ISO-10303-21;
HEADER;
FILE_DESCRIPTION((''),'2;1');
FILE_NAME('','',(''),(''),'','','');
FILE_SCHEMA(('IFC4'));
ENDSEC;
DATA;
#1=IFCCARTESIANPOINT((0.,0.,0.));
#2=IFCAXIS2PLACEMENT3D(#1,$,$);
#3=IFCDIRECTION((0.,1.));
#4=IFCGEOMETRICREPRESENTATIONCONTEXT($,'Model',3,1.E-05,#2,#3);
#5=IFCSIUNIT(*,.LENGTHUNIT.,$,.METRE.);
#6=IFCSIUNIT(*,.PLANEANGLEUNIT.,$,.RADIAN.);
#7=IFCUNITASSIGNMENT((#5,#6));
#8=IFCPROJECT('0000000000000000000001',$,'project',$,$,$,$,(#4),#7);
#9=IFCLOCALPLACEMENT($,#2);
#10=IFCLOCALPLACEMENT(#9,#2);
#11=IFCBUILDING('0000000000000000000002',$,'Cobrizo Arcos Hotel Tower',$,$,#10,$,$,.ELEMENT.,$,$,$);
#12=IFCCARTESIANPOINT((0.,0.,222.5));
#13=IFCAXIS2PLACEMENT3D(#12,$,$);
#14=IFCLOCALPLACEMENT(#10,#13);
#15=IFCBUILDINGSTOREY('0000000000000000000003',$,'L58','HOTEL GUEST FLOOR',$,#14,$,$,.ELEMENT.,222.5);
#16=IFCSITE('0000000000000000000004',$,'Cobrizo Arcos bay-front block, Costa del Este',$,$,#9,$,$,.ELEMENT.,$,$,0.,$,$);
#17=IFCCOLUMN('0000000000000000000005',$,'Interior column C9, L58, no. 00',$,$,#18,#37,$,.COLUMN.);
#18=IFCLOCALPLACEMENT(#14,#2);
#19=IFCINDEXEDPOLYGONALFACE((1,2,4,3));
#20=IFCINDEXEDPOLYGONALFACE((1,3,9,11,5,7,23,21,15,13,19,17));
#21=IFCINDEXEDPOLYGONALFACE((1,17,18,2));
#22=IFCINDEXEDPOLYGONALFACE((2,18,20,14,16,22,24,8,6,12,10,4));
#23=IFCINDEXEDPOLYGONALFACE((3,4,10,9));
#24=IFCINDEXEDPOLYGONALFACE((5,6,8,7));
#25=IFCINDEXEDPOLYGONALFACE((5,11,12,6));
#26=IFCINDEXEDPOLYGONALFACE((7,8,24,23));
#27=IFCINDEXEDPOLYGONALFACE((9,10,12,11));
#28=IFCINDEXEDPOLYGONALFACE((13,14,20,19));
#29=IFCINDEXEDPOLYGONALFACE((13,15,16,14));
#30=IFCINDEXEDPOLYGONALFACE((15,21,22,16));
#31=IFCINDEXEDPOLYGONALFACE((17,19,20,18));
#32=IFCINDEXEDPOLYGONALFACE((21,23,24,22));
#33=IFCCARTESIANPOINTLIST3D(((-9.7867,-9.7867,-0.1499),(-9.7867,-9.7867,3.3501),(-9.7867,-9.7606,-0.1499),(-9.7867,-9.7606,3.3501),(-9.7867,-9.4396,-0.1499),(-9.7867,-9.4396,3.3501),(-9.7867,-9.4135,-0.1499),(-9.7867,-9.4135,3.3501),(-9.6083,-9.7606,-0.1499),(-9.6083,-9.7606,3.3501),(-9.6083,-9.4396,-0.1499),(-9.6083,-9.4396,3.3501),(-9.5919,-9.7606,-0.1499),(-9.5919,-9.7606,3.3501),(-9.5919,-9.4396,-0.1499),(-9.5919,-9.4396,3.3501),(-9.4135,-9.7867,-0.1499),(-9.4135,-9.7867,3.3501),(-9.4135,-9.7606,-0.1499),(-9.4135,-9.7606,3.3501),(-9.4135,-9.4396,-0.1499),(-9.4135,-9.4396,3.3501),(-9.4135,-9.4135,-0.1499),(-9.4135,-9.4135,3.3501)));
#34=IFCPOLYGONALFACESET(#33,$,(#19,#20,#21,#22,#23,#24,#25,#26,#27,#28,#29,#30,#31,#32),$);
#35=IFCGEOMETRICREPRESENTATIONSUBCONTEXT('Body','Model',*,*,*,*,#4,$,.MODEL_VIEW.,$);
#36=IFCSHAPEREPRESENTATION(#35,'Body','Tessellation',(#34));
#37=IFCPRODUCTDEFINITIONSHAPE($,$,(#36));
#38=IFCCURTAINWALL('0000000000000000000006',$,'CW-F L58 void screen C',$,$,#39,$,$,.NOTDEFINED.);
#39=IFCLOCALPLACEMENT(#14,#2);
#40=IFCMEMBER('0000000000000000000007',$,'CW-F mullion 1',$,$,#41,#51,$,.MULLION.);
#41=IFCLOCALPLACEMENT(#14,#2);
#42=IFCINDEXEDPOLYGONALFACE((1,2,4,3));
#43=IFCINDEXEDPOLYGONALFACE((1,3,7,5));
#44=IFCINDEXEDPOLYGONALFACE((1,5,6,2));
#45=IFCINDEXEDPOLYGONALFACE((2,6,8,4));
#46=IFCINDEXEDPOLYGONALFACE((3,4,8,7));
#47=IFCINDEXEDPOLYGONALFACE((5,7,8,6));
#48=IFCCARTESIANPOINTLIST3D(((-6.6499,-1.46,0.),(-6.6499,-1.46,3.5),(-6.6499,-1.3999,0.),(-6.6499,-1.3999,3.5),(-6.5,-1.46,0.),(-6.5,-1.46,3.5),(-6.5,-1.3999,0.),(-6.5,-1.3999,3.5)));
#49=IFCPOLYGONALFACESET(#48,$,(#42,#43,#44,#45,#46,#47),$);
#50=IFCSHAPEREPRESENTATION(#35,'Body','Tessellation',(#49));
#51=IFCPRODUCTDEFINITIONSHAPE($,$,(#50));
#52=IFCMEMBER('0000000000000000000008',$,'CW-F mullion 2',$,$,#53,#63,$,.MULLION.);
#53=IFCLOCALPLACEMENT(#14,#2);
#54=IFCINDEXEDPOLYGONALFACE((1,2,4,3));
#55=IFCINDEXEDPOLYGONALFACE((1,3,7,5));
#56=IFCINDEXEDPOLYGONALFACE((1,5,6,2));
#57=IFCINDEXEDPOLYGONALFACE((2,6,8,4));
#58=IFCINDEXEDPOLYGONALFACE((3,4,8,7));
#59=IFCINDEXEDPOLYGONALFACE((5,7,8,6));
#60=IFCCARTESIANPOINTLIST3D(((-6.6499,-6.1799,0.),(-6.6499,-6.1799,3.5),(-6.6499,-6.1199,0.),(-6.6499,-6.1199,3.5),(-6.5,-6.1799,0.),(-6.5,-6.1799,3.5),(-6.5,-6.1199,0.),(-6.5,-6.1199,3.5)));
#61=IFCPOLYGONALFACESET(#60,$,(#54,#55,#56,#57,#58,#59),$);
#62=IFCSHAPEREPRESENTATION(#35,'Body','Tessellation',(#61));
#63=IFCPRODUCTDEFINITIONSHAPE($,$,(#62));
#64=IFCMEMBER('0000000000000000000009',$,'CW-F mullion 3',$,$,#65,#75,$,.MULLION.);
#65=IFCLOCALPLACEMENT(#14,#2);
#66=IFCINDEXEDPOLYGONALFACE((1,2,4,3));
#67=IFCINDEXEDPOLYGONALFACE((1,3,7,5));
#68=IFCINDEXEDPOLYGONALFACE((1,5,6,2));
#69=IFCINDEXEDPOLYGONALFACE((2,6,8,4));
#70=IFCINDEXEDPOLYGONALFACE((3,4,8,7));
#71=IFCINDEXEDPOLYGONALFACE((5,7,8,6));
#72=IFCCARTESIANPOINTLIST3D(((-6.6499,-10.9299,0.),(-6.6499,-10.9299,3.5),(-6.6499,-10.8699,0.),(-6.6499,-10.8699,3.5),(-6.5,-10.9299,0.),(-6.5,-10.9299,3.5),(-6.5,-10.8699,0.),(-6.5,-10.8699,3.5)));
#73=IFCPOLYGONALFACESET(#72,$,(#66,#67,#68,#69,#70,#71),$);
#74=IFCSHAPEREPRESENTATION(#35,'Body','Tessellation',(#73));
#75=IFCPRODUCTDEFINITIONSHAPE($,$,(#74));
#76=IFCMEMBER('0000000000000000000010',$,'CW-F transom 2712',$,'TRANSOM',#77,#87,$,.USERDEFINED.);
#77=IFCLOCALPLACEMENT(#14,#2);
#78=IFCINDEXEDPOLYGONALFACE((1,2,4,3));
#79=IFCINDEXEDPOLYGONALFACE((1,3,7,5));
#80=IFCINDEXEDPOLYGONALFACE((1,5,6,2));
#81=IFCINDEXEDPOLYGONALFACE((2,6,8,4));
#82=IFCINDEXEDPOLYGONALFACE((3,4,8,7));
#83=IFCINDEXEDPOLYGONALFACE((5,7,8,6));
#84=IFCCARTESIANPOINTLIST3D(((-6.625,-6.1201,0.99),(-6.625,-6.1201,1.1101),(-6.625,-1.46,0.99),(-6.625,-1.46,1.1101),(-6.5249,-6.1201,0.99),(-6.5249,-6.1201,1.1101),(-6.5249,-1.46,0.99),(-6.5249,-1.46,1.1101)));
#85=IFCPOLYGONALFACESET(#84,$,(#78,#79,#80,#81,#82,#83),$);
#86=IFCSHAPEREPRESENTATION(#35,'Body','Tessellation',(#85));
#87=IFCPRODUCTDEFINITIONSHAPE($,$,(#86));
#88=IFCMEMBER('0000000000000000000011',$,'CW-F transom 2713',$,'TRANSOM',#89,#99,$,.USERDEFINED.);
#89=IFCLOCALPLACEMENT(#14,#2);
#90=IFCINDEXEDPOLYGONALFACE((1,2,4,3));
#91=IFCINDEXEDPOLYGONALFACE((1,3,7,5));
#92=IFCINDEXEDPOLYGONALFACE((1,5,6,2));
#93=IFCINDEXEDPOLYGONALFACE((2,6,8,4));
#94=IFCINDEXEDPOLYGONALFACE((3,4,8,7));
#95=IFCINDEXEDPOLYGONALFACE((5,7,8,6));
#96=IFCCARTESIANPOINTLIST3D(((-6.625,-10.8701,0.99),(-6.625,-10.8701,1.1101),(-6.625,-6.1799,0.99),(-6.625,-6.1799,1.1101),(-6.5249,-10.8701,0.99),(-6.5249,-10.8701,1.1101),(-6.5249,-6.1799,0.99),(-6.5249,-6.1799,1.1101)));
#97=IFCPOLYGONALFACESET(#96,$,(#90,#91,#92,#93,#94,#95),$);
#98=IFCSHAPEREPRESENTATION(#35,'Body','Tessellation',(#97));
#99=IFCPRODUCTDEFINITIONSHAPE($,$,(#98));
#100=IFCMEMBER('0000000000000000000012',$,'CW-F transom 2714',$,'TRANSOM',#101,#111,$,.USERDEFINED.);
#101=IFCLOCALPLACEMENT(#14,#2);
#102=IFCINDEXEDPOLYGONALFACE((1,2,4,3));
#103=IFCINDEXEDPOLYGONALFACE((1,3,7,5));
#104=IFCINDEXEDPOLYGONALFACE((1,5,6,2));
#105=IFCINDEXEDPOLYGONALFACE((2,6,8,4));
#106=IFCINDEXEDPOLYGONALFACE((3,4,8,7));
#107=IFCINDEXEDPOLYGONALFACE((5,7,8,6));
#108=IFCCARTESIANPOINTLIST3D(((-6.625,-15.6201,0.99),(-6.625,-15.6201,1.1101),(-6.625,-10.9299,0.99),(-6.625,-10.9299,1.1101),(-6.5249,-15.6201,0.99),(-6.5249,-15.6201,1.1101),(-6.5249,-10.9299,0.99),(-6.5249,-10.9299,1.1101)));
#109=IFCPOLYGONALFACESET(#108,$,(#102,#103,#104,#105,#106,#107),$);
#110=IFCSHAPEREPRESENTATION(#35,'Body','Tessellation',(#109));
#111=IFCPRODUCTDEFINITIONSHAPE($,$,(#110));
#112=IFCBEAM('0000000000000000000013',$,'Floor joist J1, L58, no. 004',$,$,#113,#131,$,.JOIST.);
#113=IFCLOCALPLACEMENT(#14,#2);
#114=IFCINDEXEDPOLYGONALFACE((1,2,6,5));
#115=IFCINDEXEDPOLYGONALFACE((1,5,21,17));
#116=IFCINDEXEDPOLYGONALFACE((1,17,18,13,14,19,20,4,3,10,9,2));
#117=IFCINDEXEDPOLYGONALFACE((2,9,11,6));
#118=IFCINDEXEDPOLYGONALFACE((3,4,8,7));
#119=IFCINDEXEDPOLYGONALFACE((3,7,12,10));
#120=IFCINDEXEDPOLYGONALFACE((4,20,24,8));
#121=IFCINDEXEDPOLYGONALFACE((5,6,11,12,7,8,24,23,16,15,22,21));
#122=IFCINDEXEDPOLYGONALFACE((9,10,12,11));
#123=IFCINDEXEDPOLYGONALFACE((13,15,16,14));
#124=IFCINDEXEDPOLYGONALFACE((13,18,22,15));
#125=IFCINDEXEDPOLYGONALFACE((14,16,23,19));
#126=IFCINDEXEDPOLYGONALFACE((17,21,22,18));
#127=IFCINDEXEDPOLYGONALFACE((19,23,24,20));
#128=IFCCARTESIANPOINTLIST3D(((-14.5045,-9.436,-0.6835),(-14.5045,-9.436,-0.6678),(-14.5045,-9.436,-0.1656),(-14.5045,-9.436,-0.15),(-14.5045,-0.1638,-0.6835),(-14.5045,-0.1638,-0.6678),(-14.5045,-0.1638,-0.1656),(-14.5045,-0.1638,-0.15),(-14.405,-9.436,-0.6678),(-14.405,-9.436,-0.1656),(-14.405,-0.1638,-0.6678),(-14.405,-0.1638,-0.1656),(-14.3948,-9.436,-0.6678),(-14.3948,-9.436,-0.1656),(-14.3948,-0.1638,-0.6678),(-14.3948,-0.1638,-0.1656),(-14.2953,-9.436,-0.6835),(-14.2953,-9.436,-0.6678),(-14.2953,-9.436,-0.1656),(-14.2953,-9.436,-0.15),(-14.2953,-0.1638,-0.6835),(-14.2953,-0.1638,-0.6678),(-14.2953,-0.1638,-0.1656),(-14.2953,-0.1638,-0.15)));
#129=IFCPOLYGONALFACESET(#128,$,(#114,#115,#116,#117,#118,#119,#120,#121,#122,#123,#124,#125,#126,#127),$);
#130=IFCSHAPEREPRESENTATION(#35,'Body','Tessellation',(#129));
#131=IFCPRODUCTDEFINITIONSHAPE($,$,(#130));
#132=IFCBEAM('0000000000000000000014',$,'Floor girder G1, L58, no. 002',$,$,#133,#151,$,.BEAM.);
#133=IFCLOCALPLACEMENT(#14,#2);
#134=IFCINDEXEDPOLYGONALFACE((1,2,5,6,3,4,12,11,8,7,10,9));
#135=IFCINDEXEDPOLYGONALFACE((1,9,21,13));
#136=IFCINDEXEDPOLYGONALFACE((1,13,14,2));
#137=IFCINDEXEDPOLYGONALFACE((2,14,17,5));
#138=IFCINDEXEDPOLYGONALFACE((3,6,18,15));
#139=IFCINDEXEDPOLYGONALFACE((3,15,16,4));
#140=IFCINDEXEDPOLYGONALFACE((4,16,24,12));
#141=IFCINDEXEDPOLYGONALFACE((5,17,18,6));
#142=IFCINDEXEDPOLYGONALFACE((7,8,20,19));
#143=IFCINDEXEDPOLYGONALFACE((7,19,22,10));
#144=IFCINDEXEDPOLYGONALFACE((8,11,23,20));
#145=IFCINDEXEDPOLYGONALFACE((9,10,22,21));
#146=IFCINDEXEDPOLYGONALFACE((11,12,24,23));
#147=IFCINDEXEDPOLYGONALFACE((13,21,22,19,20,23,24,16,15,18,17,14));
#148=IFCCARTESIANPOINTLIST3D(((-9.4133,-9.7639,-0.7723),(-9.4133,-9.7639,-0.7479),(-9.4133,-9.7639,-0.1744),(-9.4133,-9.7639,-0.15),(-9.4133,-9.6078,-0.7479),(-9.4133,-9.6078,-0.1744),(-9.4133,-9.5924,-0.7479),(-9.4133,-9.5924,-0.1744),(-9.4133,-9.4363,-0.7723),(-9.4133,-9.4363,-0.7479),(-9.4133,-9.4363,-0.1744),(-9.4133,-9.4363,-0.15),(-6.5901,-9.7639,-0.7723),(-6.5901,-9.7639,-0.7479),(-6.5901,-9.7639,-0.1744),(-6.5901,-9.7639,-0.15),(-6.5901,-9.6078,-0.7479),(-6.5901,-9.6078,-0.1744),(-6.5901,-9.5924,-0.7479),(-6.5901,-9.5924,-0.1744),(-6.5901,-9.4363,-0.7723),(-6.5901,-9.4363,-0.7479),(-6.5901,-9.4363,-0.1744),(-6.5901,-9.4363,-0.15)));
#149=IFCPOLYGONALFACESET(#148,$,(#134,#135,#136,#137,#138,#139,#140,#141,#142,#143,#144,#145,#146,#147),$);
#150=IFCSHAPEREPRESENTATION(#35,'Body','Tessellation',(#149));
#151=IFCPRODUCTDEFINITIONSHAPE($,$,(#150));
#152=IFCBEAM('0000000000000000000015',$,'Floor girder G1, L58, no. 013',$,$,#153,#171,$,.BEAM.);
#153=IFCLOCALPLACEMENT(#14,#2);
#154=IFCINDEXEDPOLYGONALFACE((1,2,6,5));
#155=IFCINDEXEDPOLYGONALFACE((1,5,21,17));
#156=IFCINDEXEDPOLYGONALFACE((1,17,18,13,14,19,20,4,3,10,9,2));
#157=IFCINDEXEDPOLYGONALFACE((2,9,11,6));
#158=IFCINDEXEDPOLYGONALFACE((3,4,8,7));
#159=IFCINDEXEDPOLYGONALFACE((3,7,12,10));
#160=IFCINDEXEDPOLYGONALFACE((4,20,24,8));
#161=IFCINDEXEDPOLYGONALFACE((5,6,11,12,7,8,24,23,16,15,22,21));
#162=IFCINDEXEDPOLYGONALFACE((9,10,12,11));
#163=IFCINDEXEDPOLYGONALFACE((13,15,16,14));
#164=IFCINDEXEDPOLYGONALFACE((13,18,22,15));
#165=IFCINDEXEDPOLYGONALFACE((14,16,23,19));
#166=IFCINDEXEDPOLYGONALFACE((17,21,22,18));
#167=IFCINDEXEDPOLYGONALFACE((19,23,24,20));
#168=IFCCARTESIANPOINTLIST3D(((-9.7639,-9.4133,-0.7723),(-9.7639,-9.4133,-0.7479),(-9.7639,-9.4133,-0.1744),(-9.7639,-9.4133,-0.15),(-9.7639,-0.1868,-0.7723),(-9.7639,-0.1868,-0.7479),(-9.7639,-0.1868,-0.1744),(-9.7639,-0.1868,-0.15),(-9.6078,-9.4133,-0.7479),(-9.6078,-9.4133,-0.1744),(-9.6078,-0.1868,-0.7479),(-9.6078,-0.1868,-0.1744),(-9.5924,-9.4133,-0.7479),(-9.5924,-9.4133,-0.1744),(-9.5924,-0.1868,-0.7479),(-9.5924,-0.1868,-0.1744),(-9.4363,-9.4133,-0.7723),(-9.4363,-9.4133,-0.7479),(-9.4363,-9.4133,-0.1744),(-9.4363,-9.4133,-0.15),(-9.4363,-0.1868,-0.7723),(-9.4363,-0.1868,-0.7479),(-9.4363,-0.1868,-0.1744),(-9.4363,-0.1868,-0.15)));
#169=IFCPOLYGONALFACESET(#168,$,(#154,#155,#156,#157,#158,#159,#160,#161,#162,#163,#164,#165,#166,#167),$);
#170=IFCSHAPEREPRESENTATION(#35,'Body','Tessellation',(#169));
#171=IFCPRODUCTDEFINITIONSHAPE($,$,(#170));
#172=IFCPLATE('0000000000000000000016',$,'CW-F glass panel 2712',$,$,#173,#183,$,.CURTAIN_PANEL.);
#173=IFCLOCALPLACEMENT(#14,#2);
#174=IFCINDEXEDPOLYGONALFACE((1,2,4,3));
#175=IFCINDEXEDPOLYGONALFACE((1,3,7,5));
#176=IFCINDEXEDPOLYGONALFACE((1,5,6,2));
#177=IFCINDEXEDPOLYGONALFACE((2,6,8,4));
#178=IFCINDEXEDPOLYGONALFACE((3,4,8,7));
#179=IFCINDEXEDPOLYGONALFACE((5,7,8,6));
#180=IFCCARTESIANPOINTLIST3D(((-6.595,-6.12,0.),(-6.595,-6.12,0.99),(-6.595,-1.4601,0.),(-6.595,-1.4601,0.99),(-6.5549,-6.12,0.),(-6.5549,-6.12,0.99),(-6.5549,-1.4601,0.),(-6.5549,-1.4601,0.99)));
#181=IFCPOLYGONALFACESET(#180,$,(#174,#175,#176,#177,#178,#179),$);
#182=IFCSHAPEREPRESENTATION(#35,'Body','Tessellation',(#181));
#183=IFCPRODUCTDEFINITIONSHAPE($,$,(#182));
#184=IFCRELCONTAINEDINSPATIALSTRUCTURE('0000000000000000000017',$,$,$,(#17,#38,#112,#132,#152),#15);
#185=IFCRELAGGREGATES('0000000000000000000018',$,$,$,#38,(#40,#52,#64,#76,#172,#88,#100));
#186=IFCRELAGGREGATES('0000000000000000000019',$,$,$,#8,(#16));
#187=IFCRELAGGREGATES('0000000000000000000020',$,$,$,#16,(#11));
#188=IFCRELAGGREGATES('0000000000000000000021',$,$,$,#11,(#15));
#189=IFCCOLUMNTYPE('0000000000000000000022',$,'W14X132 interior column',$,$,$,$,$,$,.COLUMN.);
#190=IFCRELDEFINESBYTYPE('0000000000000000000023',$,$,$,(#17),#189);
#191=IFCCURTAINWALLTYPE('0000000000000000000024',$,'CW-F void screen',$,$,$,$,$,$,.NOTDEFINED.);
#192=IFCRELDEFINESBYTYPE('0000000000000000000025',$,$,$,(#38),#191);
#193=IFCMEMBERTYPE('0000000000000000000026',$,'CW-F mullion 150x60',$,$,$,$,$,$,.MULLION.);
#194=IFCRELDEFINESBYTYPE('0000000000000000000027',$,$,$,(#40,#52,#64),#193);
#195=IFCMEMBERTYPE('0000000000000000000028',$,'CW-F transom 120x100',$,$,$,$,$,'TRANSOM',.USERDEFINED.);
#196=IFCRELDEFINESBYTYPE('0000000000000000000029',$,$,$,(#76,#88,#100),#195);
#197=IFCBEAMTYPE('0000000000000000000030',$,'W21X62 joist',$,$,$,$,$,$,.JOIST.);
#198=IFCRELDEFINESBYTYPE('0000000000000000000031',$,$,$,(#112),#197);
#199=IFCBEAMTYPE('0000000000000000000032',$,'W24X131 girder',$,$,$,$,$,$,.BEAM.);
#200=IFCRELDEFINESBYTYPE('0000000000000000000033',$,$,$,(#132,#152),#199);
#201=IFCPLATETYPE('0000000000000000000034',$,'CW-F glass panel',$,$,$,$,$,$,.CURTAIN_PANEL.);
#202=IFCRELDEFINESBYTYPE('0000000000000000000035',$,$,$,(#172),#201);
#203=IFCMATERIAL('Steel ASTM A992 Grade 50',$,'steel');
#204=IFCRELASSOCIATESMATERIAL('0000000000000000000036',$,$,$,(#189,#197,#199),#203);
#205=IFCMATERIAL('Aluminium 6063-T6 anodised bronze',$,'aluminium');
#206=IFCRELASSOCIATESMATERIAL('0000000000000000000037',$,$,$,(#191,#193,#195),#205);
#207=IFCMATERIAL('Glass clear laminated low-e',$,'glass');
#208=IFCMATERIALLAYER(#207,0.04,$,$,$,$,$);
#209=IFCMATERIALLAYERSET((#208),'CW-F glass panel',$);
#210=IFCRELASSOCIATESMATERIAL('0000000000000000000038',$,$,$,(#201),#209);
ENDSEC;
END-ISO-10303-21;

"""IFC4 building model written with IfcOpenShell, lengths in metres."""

from ifc_helpers import new_model, si_unit, direction, frame, origin, origin_2d, place, context, subcontext, project, spatial, rectangle, i_section, extrude, material, layer, layer_set, material_profile, profile_set, type_object, element, aggregate, save


model = new_model("IFC4")

# Units and contexts
model_context = context("Model", 3, precision=1e-05, world=origin(), true_north=direction((0.0, 1.0)))
body_context = subcontext(model_context, "Body", "Model", "MODEL_VIEW")
ifc_project = project(units=[si_unit("LENGTHUNIT", "METRE"), si_unit("PLANEANGLEUNIT", "RADIAN")], contexts=[model_context])

# Site, building, storey
site_placement = place(None, origin())
site = spatial("IfcSite", under=ifc_project, at=site_placement, Name="Cobrizo Arcos bay-front block, Costa del Este", CompositionType="ELEMENT", RefElevation=0.0)
building_placement = place(site_placement, origin())
building = spatial("IfcBuilding", under=site, at=building_placement, Name="Cobrizo Arcos Hotel Tower", CompositionType="ELEMENT")
storey_placement = place(building_placement, frame((0.0, 0.0, 222.5)))
storey = spatial("IfcBuildingStorey", under=building, at=storey_placement, Name="L58", Description="HOTEL GUEST FLOOR", CompositionType="ELEMENT", Elevation=222.5)

# Column
ifc_material_1 = material(Name="Steel ASTM A992 Grade 50", Category="steel")
ifc_material_profile_1 = material_profile(ifc_material_1, i_section(OverallWidth=0.3733, OverallDepth=0.3733, WebThickness=0.0164, FlangeThickness=0.0261, at=origin_2d()), Name="W14X132")
ifc_profile_set_1 = profile_set([ifc_material_profile_1], Name="Steel ASTM A992 Grade 50")
column_type = type_object("IfcColumnType", Name="W14X132 interior column", PredefinedType="COLUMN", material=ifc_profile_set_1)
column_placement = place(storey_placement, frame((-9.6001, -9.6001, -0.1499), z_axis=(0.0, 0.0, 1.0), x_axis=(1.0, 0.0, 0.0)))
element("IfcColumn", 1, at=column_placement, inside=storey, type_object=column_type, Name="Interior column C9, L58, no. 00", PredefinedType="COLUMN", context=body_context, shape_type="SweptSolid", body=[
    extrude(i_section(OverallWidth=0.3733, OverallDepth=0.3733, WebThickness=0.0164, FlangeThickness=0.0261, at=origin_2d()), origin(), (0.0, 0.0, 1.0), 3.5),
])

# Curtain wall, members
ifc_material_2 = material(Name="Aluminium 6063-T6 anodised bronze", Category="aluminium")
curtain_wall_type = type_object("IfcCurtainWallType", Name="CW-F void screen", PredefinedType="NOTDEFINED", material=ifc_material_2)
curtain_wall_placement = place(storey_placement, origin())
curtain_wall = element("IfcCurtainWall", 2, at=curtain_wall_placement, inside=storey, type_object=curtain_wall_type, Name="CW-F L58 void screen C", PredefinedType="NOTDEFINED")
ifc_material_profile_2 = material_profile(ifc_material_2, rectangle(XDim=0.1499, YDim=0.0601, at=origin_2d()), Name="CW-F mullion 150x60")
ifc_profile_set_2 = profile_set([ifc_material_profile_2], Name="Aluminium 6063-T6 anodised bronze")
member_type_1 = type_object("IfcMemberType", Name="CW-F mullion 150x60", PredefinedType="MULLION", material=ifc_profile_set_2)
member_1_placement = place(storey_placement, frame((-6.575, -1.4299, 0.0), z_axis=(0.0, 0.0, 1.0), x_axis=(-1.0, 0.0, 0.0)))
member_1 = element("IfcMember", 3, at=member_1_placement, type_object=member_type_1, Name="CW-F mullion 1", PredefinedType="MULLION", context=body_context, shape_type="SweptSolid", body=[
    extrude(rectangle(XDim=0.1499, YDim=0.0601, at=origin_2d()), origin(), (0.0, 0.0, 1.0), 3.5),
])
member_2_placement = place(storey_placement, frame((-6.575, -6.1499, 0.0), z_axis=(0.0, 0.0, 1.0), x_axis=(-1.0, 0.0, 0.0)))
member_2 = element("IfcMember", 4, at=member_2_placement, type_object=member_type_1, Name="CW-F mullion 2", PredefinedType="MULLION", context=body_context, shape_type="SweptSolid", body=[
    extrude(rectangle(XDim=0.1499, YDim=0.0601, at=origin_2d()), origin(), (0.0, 0.0, 1.0), 3.5),
])
member_3_placement = place(storey_placement, frame((-6.575, -10.8999, 0.0), z_axis=(0.0, 0.0, 1.0), x_axis=(-1.0, 0.0, 0.0)))
member_3 = element("IfcMember", 5, at=member_3_placement, type_object=member_type_1, Name="CW-F mullion 3", PredefinedType="MULLION", context=body_context, shape_type="SweptSolid", body=[
    extrude(rectangle(XDim=0.1499, YDim=0.0601, at=origin_2d()), origin(), (0.0, 0.0, 1.0), 3.5),
])
ifc_material_profile_3 = material_profile(ifc_material_2, rectangle(XDim=0.1001, YDim=0.1201, at=origin_2d()), Name="CW-F transom 120x100")
ifc_profile_set_3 = profile_set([ifc_material_profile_3], Name="Aluminium 6063-T6 anodised bronze")
member_type_2 = type_object("IfcMemberType", Name="CW-F transom 120x100", ElementType="TRANSOM", PredefinedType="USERDEFINED", material=ifc_profile_set_3)
member_4_placement = place(storey_placement, frame((-6.575, -1.46, 1.05), z_axis=(0.0, -1.0, 0.0), x_axis=(1.0, 0.0, 0.0)))
member_4 = element("IfcMember", 6, at=member_4_placement, type_object=member_type_2, Name="CW-F transom 2712", ObjectType="TRANSOM", PredefinedType="USERDEFINED", context=body_context, shape_type="SweptSolid", body=[
    extrude(rectangle(XDim=0.1001, YDim=0.1201, at=origin_2d()), origin(), (0.0, 0.0, 1.0), 4.6602),
])
member_5_placement = place(storey_placement, frame((-6.575, -6.1799, 1.05), z_axis=(0.0, -1.0, 0.0), x_axis=(1.0, 0.0, 0.0)))
member_5 = element("IfcMember", 7, at=member_5_placement, type_object=member_type_2, Name="CW-F transom 2713", ObjectType="TRANSOM", PredefinedType="USERDEFINED", context=body_context, shape_type="SweptSolid", body=[
    extrude(rectangle(XDim=0.1001, YDim=0.1201, at=origin_2d()), origin(), (0.0, 0.0, 1.0), 4.6902),
])
member_6_placement = place(storey_placement, frame((-6.575, -10.9299, 1.05), z_axis=(0.0, -1.0, 0.0), x_axis=(1.0, 0.0, 0.0)))
member_6 = element("IfcMember", 8, at=member_6_placement, type_object=member_type_2, Name="CW-F transom 2714", ObjectType="TRANSOM", PredefinedType="USERDEFINED", context=body_context, shape_type="SweptSolid", body=[
    extrude(rectangle(XDim=0.1001, YDim=0.1201, at=origin_2d()), origin(), (0.0, 0.0, 1.0), 4.6902),
])

# Beams
ifc_material_profile_4 = material_profile(ifc_material_1, i_section(OverallWidth=0.2092, OverallDepth=0.5334, WebThickness=0.0103, FlangeThickness=0.0156, at=origin_2d()), Name="W21X62")
ifc_profile_set_4 = profile_set([ifc_material_profile_4], Name="Steel ASTM A992 Grade 50")
beam_type_1 = type_object("IfcBeamType", Name="W21X62 joist", PredefinedType="JOIST", material=ifc_profile_set_4)
beam_1_placement = place(storey_placement, frame((-14.3999, -9.436, -0.4167), z_axis=(0.0, 1.0, 0.0), x_axis=(-1.0, 0.0, 0.0)))
element("IfcBeam", 9, at=beam_1_placement, inside=storey, type_object=beam_type_1, Name="Floor joist J1, L58, no. 004", PredefinedType="JOIST", context=body_context, shape_type="SweptSolid", body=[
    extrude(i_section(OverallWidth=0.2092, OverallDepth=0.5334, WebThickness=0.0103, FlangeThickness=0.0156, at=origin_2d()), origin(), (0.0, 0.0, 1.0), 9.2722),
])
ifc_material_profile_5 = material_profile(ifc_material_1, i_section(OverallWidth=0.3276, OverallDepth=0.6223, WebThickness=0.0154, FlangeThickness=0.0244, at=origin_2d()), Name="W24X131")
ifc_profile_set_5 = profile_set([ifc_material_profile_5], Name="Steel ASTM A992 Grade 50")
beam_type_2 = type_object("IfcBeamType", Name="W24X131 girder", PredefinedType="BEAM", material=ifc_profile_set_5)
beam_2_placement = place(storey_placement, frame((-9.4133, -9.6001, -0.4612), z_axis=(1.0, 0.0, 0.0), x_axis=(0.0, 1.0, 0.0)))
element("IfcBeam", 10, at=beam_2_placement, inside=storey, type_object=beam_type_2, Name="Floor girder G1, L58, no. 002", PredefinedType="BEAM", context=body_context, shape_type="SweptSolid", body=[
    extrude(i_section(OverallWidth=0.3276, OverallDepth=0.6223, WebThickness=0.0154, FlangeThickness=0.0244, at=origin_2d()), origin(), (0.0, 0.0, 1.0), 2.8232),
])
beam_3_placement = place(storey_placement, frame((-9.6001, -9.4133, -0.4612), z_axis=(0.0, 1.0, 0.0), x_axis=(-1.0, 0.0, 0.0)))
element("IfcBeam", 11, at=beam_3_placement, inside=storey, type_object=beam_type_2, Name="Floor girder G1, L58, no. 013", PredefinedType="BEAM", context=body_context, shape_type="SweptSolid", body=[
    extrude(i_section(OverallWidth=0.3276, OverallDepth=0.6223, WebThickness=0.0154, FlangeThickness=0.0244, at=origin_2d()), origin(), (0.0, 0.0, 1.0), 9.2266),
])

# Plate
ifc_material_3 = material(Name="Glass clear laminated low-e", Category="glass")
ifc_layer_1 = layer(ifc_material_3, 0.04)
ifc_layer_set_1 = layer_set([ifc_layer_1], Name="CW-F glass panel")
plate_type = type_object("IfcPlateType", Name="CW-F glass panel", PredefinedType="CURTAIN_PANEL", material=ifc_layer_set_1)
plate_1_placement = place(storey_placement, frame((-6.575, -3.79, 0.0), z_axis=(0.0, 0.0, 1.0), x_axis=(0.0, -1.0, 0.0)))
plate_1 = element("IfcPlate", 12, at=plate_1_placement, type_object=plate_type, Name="CW-F glass panel 2712", PredefinedType="CURTAIN_PANEL", context=body_context, shape_type="SweptSolid", body=[
    extrude(rectangle(XDim=4.6599, YDim=0.04, at=origin_2d()), origin(), (0.0, 0.0, 1.0), 0.99),
])
aggregate(curtain_wall, [member_1, member_2, member_3, member_4, plate_1, member_5, member_6])

save(model, "model.ifc")
